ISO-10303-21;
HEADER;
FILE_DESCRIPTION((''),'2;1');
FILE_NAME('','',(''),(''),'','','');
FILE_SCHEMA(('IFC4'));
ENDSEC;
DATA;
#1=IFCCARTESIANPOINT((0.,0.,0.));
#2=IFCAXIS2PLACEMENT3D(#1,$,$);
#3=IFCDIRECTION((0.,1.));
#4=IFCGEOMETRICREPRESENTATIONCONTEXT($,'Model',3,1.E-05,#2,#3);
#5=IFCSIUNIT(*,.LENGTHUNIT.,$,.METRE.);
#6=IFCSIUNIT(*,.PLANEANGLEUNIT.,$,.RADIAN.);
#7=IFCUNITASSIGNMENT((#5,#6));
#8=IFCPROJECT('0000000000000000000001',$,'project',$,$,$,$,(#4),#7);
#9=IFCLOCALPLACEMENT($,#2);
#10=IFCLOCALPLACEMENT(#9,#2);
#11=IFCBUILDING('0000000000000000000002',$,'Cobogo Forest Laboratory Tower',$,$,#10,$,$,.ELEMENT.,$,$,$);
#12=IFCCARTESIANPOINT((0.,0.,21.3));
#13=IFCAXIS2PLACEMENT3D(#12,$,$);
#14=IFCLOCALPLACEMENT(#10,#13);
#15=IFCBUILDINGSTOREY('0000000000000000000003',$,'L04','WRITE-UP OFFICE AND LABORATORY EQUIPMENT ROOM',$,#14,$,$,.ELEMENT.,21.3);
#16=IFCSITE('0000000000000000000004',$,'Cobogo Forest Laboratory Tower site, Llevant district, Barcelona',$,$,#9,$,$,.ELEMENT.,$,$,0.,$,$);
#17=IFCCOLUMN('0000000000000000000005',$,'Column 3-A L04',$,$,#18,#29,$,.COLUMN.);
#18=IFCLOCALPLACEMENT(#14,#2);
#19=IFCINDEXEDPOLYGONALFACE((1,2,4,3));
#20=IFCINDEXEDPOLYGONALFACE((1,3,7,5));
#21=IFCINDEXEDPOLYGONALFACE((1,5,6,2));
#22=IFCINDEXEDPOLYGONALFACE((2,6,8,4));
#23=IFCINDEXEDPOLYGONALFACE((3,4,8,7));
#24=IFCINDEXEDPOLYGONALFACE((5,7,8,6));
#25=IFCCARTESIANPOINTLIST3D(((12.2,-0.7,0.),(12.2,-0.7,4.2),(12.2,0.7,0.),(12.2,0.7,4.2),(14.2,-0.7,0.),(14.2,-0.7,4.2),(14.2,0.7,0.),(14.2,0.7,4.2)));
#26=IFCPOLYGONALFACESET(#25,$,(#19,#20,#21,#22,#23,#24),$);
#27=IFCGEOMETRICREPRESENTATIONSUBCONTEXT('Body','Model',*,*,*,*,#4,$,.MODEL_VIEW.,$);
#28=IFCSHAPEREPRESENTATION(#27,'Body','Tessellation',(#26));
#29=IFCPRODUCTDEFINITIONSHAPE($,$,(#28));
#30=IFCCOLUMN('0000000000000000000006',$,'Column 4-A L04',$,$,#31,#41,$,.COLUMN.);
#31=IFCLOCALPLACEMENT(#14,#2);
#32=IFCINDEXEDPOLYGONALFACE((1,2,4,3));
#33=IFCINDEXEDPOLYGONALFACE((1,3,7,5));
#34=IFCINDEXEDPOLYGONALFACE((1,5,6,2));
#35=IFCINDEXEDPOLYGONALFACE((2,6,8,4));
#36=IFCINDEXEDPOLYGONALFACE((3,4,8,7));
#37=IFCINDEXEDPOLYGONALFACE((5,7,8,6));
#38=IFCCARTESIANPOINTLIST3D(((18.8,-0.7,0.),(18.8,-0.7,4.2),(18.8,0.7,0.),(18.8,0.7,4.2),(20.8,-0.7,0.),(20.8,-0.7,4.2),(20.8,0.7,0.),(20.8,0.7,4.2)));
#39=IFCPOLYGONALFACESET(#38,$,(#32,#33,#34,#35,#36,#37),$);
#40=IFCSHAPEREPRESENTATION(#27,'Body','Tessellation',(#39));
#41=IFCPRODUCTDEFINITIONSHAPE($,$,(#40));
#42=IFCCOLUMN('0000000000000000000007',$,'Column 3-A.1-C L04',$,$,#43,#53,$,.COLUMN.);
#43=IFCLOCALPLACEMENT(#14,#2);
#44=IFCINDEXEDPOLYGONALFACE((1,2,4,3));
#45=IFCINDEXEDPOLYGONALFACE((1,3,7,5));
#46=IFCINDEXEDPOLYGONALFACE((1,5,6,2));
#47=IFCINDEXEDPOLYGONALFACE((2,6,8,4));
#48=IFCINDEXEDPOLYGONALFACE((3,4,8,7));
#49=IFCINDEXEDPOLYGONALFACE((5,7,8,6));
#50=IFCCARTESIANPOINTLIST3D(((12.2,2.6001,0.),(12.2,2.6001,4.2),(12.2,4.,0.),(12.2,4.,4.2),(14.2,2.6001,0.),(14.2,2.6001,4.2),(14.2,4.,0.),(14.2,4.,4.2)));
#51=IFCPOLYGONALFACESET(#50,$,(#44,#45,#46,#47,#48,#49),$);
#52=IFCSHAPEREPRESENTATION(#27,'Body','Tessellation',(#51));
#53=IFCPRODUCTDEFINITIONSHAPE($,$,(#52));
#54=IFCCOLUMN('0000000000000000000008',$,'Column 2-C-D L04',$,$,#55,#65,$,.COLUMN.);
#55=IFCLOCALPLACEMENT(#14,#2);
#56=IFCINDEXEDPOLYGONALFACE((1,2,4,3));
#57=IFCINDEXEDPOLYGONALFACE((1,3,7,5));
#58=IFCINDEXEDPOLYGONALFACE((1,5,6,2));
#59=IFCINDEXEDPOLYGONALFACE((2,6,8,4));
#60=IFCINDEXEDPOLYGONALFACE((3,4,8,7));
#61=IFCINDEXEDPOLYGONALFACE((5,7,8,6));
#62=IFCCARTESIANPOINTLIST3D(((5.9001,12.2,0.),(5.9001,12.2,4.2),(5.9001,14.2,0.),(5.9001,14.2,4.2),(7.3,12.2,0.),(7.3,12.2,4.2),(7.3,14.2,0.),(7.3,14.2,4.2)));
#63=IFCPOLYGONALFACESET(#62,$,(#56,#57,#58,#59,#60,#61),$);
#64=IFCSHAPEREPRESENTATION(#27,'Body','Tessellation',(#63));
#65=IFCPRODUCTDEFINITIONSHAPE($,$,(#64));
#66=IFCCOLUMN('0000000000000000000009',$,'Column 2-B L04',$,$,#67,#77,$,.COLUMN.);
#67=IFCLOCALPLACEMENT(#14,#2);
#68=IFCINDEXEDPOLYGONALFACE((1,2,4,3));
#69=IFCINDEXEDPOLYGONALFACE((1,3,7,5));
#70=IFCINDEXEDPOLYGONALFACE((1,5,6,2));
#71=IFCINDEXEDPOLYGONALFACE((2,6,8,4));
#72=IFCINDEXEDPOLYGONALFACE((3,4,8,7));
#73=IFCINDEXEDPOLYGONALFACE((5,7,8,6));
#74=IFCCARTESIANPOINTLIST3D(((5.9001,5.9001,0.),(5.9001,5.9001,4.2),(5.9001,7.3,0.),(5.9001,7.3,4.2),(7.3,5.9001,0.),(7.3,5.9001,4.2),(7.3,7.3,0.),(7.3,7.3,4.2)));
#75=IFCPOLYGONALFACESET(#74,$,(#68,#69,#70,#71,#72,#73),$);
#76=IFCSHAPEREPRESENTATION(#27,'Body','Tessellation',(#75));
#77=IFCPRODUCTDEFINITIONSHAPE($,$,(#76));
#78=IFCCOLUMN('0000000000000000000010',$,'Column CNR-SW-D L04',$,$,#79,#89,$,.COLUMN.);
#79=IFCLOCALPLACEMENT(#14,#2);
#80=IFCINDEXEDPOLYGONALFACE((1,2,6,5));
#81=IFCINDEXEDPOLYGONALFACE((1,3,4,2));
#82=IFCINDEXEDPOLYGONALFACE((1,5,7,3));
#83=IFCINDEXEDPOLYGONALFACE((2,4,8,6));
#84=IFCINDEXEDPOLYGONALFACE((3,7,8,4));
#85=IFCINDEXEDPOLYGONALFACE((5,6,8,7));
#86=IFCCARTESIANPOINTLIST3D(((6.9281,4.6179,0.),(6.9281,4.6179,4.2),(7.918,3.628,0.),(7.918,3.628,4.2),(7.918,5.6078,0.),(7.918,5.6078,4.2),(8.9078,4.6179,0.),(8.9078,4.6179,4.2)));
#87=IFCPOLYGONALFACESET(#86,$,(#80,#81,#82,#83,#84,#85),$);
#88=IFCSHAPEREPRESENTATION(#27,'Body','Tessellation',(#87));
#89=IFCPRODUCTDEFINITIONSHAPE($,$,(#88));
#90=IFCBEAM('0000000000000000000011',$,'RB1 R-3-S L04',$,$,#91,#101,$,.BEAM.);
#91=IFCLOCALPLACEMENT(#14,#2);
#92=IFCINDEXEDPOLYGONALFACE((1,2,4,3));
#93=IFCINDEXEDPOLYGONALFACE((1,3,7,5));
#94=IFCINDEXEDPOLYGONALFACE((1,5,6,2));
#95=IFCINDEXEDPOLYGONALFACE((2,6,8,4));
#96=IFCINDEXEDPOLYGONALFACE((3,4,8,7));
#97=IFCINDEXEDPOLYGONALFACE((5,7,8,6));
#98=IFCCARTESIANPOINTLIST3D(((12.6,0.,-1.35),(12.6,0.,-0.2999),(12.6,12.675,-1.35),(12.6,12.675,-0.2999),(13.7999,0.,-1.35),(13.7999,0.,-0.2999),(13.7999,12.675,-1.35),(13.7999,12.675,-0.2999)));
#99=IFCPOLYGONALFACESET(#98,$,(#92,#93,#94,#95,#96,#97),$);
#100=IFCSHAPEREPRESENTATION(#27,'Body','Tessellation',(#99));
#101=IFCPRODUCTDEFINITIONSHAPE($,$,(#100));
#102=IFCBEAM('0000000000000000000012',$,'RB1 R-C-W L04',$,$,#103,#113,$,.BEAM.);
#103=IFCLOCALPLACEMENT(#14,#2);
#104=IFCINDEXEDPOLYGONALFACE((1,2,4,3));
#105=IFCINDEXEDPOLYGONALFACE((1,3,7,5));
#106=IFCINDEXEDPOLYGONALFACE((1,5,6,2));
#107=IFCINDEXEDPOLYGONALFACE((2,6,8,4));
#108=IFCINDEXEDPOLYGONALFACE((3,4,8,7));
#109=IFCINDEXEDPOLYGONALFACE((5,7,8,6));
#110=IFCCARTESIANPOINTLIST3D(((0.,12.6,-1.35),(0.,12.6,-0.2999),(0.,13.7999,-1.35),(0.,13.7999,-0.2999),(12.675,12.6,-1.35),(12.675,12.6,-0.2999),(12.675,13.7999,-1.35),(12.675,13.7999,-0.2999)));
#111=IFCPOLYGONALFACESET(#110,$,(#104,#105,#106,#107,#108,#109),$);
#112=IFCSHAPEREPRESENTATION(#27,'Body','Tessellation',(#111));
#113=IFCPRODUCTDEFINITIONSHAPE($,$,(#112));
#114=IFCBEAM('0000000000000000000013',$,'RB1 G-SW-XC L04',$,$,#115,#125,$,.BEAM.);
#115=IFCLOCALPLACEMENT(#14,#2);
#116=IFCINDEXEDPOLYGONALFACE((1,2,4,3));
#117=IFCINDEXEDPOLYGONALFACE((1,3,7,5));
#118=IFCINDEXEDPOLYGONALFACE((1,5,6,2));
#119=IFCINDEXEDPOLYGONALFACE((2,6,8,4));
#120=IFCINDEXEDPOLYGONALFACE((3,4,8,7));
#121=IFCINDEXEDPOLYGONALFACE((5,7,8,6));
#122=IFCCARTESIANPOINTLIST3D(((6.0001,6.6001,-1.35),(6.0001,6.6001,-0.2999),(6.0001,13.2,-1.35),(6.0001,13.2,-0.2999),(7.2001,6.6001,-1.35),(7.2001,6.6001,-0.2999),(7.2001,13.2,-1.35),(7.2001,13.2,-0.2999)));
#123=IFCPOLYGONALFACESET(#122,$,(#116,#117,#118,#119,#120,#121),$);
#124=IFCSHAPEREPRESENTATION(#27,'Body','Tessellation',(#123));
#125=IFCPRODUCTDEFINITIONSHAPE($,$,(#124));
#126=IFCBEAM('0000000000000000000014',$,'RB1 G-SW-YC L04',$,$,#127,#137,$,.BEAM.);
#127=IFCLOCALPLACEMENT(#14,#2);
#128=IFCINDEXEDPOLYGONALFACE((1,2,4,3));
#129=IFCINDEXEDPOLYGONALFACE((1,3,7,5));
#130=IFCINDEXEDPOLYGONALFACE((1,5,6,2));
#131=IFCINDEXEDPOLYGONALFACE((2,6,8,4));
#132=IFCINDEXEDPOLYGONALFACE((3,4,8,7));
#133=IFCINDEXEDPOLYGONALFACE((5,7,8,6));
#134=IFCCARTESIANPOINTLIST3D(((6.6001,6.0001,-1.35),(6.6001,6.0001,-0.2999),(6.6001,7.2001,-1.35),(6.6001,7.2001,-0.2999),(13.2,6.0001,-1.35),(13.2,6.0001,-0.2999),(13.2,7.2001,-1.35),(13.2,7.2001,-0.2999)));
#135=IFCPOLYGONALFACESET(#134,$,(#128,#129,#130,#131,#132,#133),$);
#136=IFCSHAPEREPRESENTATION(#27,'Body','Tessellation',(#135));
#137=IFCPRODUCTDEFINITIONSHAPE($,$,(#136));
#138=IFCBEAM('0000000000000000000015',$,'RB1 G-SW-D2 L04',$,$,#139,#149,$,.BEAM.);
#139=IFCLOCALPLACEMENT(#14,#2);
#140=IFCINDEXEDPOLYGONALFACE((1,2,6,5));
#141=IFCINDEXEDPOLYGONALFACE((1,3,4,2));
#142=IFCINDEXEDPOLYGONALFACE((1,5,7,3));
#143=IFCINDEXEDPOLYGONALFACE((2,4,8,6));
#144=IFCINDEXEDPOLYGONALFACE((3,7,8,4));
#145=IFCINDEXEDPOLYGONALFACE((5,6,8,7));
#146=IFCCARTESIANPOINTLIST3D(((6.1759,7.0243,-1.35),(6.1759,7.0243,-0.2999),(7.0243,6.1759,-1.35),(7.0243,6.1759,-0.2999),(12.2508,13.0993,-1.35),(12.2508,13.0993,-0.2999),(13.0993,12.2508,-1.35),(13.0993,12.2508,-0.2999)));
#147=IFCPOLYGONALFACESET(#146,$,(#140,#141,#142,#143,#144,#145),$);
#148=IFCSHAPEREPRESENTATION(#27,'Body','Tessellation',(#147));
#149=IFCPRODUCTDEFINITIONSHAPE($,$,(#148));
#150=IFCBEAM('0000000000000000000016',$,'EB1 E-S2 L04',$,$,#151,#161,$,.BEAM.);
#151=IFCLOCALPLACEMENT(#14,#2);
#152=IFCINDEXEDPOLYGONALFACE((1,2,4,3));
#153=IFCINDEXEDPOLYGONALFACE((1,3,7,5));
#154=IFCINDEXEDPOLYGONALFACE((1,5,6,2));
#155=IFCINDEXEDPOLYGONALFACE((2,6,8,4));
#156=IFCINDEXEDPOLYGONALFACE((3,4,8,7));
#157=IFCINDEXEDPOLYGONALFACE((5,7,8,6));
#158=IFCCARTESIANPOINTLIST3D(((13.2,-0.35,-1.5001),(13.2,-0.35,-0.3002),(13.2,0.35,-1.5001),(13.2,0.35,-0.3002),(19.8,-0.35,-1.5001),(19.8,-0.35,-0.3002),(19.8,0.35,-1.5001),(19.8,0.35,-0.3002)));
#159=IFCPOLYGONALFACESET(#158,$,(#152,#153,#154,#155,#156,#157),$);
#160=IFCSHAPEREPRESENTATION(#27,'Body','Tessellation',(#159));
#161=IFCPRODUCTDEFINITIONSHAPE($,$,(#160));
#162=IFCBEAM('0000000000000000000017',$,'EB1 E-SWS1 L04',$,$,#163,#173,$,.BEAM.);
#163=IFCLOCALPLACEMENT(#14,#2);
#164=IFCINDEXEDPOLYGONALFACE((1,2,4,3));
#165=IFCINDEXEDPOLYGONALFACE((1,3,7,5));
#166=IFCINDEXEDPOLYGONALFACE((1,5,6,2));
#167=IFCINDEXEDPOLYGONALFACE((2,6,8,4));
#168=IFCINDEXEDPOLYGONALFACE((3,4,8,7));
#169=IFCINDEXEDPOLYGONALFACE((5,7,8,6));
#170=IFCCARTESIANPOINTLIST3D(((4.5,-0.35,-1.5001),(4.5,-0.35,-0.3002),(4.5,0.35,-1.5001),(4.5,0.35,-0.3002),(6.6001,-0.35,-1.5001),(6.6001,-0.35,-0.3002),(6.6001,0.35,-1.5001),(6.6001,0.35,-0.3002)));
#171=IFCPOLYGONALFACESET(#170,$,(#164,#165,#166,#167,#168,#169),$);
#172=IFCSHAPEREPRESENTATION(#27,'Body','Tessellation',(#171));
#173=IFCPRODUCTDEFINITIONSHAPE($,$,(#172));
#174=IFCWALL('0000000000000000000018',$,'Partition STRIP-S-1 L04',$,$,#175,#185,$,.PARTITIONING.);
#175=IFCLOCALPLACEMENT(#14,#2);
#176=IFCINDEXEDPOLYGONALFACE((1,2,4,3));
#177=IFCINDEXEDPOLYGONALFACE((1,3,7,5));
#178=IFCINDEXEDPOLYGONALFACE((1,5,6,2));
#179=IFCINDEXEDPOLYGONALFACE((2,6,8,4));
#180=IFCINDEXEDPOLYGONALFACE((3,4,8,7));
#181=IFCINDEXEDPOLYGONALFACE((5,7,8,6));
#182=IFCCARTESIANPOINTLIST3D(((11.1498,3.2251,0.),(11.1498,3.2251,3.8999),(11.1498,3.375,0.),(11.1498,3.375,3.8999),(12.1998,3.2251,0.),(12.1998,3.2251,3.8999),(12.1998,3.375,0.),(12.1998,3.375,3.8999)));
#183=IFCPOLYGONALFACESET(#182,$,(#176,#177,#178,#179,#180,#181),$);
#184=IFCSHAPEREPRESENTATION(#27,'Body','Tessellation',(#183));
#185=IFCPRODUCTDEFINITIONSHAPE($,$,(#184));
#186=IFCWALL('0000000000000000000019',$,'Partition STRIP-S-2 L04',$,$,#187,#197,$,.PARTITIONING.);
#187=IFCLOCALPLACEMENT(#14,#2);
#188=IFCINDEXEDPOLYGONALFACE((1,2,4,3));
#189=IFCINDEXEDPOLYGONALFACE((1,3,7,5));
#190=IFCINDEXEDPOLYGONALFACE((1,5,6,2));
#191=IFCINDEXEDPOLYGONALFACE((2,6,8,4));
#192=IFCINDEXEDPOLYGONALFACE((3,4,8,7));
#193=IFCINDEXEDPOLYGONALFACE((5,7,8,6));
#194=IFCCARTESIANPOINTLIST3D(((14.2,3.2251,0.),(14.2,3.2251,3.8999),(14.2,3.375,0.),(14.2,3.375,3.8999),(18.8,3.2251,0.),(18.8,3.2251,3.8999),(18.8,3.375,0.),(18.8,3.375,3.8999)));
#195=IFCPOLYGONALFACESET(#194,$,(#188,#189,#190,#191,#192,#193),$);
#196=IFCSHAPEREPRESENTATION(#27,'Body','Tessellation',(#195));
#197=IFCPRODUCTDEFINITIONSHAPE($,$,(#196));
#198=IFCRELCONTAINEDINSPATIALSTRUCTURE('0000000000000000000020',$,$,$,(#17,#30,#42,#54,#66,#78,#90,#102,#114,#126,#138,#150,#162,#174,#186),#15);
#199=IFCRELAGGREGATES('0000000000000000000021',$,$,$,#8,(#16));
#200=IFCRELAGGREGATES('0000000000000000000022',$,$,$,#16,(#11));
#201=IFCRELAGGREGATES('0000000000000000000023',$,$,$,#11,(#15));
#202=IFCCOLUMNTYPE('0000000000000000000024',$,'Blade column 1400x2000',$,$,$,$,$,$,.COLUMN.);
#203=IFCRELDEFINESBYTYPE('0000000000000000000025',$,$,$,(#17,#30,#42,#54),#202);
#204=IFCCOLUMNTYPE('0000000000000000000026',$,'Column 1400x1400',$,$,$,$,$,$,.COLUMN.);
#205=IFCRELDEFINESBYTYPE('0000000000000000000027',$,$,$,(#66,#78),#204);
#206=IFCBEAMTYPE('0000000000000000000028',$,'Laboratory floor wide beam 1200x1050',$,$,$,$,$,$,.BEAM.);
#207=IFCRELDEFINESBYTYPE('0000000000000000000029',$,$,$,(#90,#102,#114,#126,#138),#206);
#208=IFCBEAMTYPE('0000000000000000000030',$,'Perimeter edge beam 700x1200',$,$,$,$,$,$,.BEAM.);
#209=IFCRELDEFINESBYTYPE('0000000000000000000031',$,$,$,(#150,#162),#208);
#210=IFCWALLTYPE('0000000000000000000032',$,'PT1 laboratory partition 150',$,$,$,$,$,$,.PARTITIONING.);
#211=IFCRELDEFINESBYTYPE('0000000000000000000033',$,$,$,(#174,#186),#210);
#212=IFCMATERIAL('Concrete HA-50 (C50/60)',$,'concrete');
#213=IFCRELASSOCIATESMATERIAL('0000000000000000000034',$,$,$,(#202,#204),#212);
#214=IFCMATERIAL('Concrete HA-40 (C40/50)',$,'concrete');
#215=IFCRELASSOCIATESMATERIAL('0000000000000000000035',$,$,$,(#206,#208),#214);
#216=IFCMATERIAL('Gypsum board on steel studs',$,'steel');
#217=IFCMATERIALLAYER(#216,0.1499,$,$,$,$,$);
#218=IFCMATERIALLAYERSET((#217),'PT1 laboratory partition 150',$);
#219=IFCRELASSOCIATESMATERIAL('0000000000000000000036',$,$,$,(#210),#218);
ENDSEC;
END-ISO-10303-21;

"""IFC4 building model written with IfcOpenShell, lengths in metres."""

from ifc_helpers import new_model, si_unit, direction, frame, frame_2d, origin, origin_2d, place, context, subcontext, project, spatial, rectangle, extrude, material, layer, layer_set, material_profile, profile_set, type_object, element, save


model = new_model("IFC4")

# Units and contexts
model_context = context("Model", 3, precision=1e-05, world=origin(), true_north=direction((0.0, 1.0)))
body_context = subcontext(model_context, "Body", "Model", "MODEL_VIEW")
ifc_project = project(units=[si_unit("LENGTHUNIT", "METRE"), si_unit("PLANEANGLEUNIT", "RADIAN")], contexts=[model_context])

# Site, building, storey
site_placement = place(None, origin())
site = spatial("IfcSite", under=ifc_project, at=site_placement, Name="Cobogo Forest Laboratory Tower site, Llevant district, Barcelona", CompositionType="ELEMENT", RefElevation=0.0)
building_placement = place(site_placement, origin())
building = spatial("IfcBuilding", under=site, at=building_placement, Name="Cobogo Forest Laboratory Tower", CompositionType="ELEMENT")
storey_placement = place(building_placement, frame((0.0, 0.0, 21.3)))
storey = spatial("IfcBuildingStorey", under=building, at=storey_placement, Name="L04", Description="WRITE-UP OFFICE AND LABORATORY EQUIPMENT ROOM", CompositionType="ELEMENT", Elevation=21.3)

# Columns
ifc_material_1 = material(Name="Concrete HA-50 (C50/60)", Category="concrete")
ifc_material_profile_1 = material_profile(ifc_material_1, rectangle(XDim=2.0, YDim=1.3999, at=origin_2d()), Name="RC 1400x2000")
ifc_profile_set_1 = profile_set([ifc_material_profile_1], Name="Concrete HA-50 (C50/60)")
column_type_1 = type_object("IfcColumnType", Name="Blade column 1400x2000", PredefinedType="COLUMN", material=ifc_profile_set_1)
for number, where, z_axis, x_axis, name in (
    (1, (13.2, 0.0, 0.0), (0.0, 0.0, 1.0), (1.0, 0.0, 0.0), "Column 3-A L04"),
    (2, (19.8, 0.0, 0.0), (0.0, 0.0, 1.0), (1.0, 0.0, 0.0), "Column 4-A L04"),
    (3, (13.2, 3.3, 0.0), (0.0, 0.0, 1.0), (1.0, 0.0, 0.0), "Column 3-A.1-C L04"),
    (4, (6.6001, 13.2, 0.0), (0.0, 0.0, 1.0), (0.0, 1.0, 0.0), "Column 2-C-D L04"),
):
    element("IfcColumn", number, at=place(storey_placement, frame(where, z_axis=z_axis, x_axis=x_axis)), inside=storey, type_object=column_type_1, Name=name, PredefinedType="COLUMN", context=body_context, shape_type="SweptSolid", body=[
        extrude(rectangle(XDim=2.0, YDim=1.3999, at=origin_2d()), origin(), (0.0, 0.0, 1.0), 4.2),
    ])
ifc_material_profile_2 = material_profile(ifc_material_1, rectangle(XDim=1.3999, YDim=1.3999, at=origin_2d()), Name="RC 1400x1400")
ifc_profile_set_2 = profile_set([ifc_material_profile_2], Name="Concrete HA-50 (C50/60)")
column_type_2 = type_object("IfcColumnType", Name="Column 1400x1400", PredefinedType="COLUMN", material=ifc_profile_set_2)
for number, where, z_axis, x_axis, name in (
    (5, (6.6001, 6.6001, 0.0), (0.0, 0.0, 1.0), (1.0, 0.0, 0.0), "Column 2-B L04"),
    (6, (7.918, 4.6179, 0.0), (0.0, 0.0, 1.0), (0.707107, 0.707107, 0.0), "Column CNR-SW-D L04"),
):
    element("IfcColumn", number, at=place(storey_placement, frame(where, z_axis=z_axis, x_axis=x_axis)), inside=storey, type_object=column_type_2, Name=name, PredefinedType="COLUMN", context=body_context, shape_type="SweptSolid", body=[
        extrude(rectangle(XDim=1.3999, YDim=1.3999, at=origin_2d()), origin(), (0.0, 0.0, 1.0), 4.2),
    ])

# Beams
ifc_material_2 = material(Name="Concrete HA-40 (C40/50)", Category="concrete")
ifc_material_profile_3 = material_profile(ifc_material_2, rectangle(XDim=1.2, YDim=1.05, at=origin_2d()), Name="RC 1200x1050")
ifc_profile_set_3 = profile_set([ifc_material_profile_3], Name="Concrete HA-40 (C40/50)")
beam_type_1 = type_object("IfcBeamType", Name="Laboratory floor wide beam 1200x1050", PredefinedType="BEAM", material=ifc_profile_set_3)
for number, where, z_axis, x_axis, name in (
    (7, (13.2, 12.675, -0.825), (0.0, -1.0, 0.0), (1.0, 0.0, 0.0), "RB1 R-3-S L04"),
    (8, (12.675, 13.2, -0.825), (-1.0, 0.0, 0.0), (0.0, -1.0, 0.0), "RB1 R-C-W L04"),
):
    element("IfcBeam", number, at=place(storey_placement, frame(where, z_axis=z_axis, x_axis=x_axis)), inside=storey, type_object=beam_type_1, Name=name, PredefinedType="BEAM", context=body_context, shape_type="SweptSolid", body=[
        extrude(rectangle(XDim=1.2, YDim=1.05, at=origin_2d()), origin(), (0.0, 0.0, 1.0), 12.675),
    ])
for number, where, z_axis, x_axis, name in (
    (9, (6.6001, 6.6001, -0.825), (0.0, 1.0, 0.0), (-1.0, 0.0, 0.0), "RB1 G-SW-XC L04"),
    (10, (6.6001, 6.6001, -0.825), (1.0, 0.0, 0.0), (0.0, 1.0, 0.0), "RB1 G-SW-YC L04"),
):
    element("IfcBeam", number, at=place(storey_placement, frame(where, z_axis=z_axis, x_axis=x_axis)), inside=storey, type_object=beam_type_1, Name=name, PredefinedType="BEAM", context=body_context, shape_type="SweptSolid", body=[
        extrude(rectangle(XDim=1.2, YDim=1.05, at=origin_2d()), origin(), (0.0, 0.0, 1.0), 6.5999),
    ])
beam_1_placement = place(storey_placement, frame((6.6001, 6.6001, -0.825), z_axis=(0.707107, 0.707107, 0.0), x_axis=(-0.707107, 0.707107, 0.0)))
element("IfcBeam", 11, at=beam_1_placement, inside=storey, type_object=beam_type_1, Name="RB1 G-SW-D2 L04", PredefinedType="BEAM", context=body_context, shape_type="SweptSolid", body=[
    extrude(rectangle(XDim=1.2, YDim=1.05, at=origin_2d()), origin(), (0.0, 0.0, 1.0), 8.5913),
])
ifc_material_profile_4 = material_profile(ifc_material_2, rectangle(XDim=0.7, YDim=1.2, at=origin_2d()), Name="RC 700x1200")
ifc_profile_set_4 = profile_set([ifc_material_profile_4], Name="Concrete HA-40 (C40/50)")
beam_type_2 = type_object("IfcBeamType", Name="Perimeter edge beam 700x1200", PredefinedType="BEAM", material=ifc_profile_set_4)
beam_2_placement = place(storey_placement, frame((13.2, 0.0, -0.9001), z_axis=(1.0, 0.0, 0.0), x_axis=(0.0, 1.0, 0.0)))
element("IfcBeam", 12, at=beam_2_placement, inside=storey, type_object=beam_type_2, Name="EB1 E-S2 L04", PredefinedType="BEAM", context=body_context, shape_type="SweptSolid", body=[
    extrude(rectangle(XDim=0.7, YDim=1.2, at=origin_2d()), origin(), (0.0, 0.0, 1.0), 6.6001),
])
beam_3_placement = place(storey_placement, frame((6.6001, 0.0, -0.9001), z_axis=(-1.0, 0.0, 0.0), x_axis=(0.0, -1.0, 0.0)))
element("IfcBeam", 13, at=beam_3_placement, inside=storey, type_object=beam_type_2, Name="EB1 E-SWS1 L04", PredefinedType="BEAM", context=body_context, shape_type="SweptSolid", body=[
    extrude(rectangle(XDim=0.7, YDim=1.2, at=origin_2d()), origin(), (0.0, 0.0, 1.0), 2.1001),
])

# Walls
ifc_material_3 = material(Name="Gypsum board on steel studs", Category="steel")
ifc_layer_1 = layer(ifc_material_3, 0.1499)
ifc_layer_set_1 = layer_set([ifc_layer_1], Name="PT1 laboratory partition 150")
wall_type_1 = type_object("IfcWallType", Name="PT1 laboratory partition 150", PredefinedType="PARTITIONING", material=ifc_layer_set_1)
wall_1_placement = place(storey_placement, frame((11.1499, 3.3, 0.0), z_axis=(0.0, 0.0, 1.0), x_axis=(1.0, 0.0, 0.0)))
element("IfcWall", 14, at=wall_1_placement, inside=storey, type_object=wall_type_1, Name="Partition STRIP-S-1 L04", PredefinedType="PARTITIONING", context=body_context, shape_type="SweptSolid", body=[
    extrude(rectangle(XDim=1.05, YDim=0.1499, at=frame_2d((0.5249, 0.0))), origin(), (0.0, 0.0, 1.0), 3.8999),
])
wall_2_placement = place(storey_placement, frame((14.2, 3.3, 0.0), z_axis=(0.0, 0.0, 1.0), x_axis=(1.0, 0.0, 0.0)))
element("IfcWall", 15, at=wall_2_placement, inside=storey, type_object=wall_type_1, Name="Partition STRIP-S-2 L04", PredefinedType="PARTITIONING", context=body_context, shape_type="SweptSolid", body=[
    extrude(rectangle(XDim=4.6001, YDim=0.1499, at=frame_2d((2.3, 0.0))), origin(), (0.0, 0.0, 1.0), 3.8999),
])

save(model, "model.ifc")
